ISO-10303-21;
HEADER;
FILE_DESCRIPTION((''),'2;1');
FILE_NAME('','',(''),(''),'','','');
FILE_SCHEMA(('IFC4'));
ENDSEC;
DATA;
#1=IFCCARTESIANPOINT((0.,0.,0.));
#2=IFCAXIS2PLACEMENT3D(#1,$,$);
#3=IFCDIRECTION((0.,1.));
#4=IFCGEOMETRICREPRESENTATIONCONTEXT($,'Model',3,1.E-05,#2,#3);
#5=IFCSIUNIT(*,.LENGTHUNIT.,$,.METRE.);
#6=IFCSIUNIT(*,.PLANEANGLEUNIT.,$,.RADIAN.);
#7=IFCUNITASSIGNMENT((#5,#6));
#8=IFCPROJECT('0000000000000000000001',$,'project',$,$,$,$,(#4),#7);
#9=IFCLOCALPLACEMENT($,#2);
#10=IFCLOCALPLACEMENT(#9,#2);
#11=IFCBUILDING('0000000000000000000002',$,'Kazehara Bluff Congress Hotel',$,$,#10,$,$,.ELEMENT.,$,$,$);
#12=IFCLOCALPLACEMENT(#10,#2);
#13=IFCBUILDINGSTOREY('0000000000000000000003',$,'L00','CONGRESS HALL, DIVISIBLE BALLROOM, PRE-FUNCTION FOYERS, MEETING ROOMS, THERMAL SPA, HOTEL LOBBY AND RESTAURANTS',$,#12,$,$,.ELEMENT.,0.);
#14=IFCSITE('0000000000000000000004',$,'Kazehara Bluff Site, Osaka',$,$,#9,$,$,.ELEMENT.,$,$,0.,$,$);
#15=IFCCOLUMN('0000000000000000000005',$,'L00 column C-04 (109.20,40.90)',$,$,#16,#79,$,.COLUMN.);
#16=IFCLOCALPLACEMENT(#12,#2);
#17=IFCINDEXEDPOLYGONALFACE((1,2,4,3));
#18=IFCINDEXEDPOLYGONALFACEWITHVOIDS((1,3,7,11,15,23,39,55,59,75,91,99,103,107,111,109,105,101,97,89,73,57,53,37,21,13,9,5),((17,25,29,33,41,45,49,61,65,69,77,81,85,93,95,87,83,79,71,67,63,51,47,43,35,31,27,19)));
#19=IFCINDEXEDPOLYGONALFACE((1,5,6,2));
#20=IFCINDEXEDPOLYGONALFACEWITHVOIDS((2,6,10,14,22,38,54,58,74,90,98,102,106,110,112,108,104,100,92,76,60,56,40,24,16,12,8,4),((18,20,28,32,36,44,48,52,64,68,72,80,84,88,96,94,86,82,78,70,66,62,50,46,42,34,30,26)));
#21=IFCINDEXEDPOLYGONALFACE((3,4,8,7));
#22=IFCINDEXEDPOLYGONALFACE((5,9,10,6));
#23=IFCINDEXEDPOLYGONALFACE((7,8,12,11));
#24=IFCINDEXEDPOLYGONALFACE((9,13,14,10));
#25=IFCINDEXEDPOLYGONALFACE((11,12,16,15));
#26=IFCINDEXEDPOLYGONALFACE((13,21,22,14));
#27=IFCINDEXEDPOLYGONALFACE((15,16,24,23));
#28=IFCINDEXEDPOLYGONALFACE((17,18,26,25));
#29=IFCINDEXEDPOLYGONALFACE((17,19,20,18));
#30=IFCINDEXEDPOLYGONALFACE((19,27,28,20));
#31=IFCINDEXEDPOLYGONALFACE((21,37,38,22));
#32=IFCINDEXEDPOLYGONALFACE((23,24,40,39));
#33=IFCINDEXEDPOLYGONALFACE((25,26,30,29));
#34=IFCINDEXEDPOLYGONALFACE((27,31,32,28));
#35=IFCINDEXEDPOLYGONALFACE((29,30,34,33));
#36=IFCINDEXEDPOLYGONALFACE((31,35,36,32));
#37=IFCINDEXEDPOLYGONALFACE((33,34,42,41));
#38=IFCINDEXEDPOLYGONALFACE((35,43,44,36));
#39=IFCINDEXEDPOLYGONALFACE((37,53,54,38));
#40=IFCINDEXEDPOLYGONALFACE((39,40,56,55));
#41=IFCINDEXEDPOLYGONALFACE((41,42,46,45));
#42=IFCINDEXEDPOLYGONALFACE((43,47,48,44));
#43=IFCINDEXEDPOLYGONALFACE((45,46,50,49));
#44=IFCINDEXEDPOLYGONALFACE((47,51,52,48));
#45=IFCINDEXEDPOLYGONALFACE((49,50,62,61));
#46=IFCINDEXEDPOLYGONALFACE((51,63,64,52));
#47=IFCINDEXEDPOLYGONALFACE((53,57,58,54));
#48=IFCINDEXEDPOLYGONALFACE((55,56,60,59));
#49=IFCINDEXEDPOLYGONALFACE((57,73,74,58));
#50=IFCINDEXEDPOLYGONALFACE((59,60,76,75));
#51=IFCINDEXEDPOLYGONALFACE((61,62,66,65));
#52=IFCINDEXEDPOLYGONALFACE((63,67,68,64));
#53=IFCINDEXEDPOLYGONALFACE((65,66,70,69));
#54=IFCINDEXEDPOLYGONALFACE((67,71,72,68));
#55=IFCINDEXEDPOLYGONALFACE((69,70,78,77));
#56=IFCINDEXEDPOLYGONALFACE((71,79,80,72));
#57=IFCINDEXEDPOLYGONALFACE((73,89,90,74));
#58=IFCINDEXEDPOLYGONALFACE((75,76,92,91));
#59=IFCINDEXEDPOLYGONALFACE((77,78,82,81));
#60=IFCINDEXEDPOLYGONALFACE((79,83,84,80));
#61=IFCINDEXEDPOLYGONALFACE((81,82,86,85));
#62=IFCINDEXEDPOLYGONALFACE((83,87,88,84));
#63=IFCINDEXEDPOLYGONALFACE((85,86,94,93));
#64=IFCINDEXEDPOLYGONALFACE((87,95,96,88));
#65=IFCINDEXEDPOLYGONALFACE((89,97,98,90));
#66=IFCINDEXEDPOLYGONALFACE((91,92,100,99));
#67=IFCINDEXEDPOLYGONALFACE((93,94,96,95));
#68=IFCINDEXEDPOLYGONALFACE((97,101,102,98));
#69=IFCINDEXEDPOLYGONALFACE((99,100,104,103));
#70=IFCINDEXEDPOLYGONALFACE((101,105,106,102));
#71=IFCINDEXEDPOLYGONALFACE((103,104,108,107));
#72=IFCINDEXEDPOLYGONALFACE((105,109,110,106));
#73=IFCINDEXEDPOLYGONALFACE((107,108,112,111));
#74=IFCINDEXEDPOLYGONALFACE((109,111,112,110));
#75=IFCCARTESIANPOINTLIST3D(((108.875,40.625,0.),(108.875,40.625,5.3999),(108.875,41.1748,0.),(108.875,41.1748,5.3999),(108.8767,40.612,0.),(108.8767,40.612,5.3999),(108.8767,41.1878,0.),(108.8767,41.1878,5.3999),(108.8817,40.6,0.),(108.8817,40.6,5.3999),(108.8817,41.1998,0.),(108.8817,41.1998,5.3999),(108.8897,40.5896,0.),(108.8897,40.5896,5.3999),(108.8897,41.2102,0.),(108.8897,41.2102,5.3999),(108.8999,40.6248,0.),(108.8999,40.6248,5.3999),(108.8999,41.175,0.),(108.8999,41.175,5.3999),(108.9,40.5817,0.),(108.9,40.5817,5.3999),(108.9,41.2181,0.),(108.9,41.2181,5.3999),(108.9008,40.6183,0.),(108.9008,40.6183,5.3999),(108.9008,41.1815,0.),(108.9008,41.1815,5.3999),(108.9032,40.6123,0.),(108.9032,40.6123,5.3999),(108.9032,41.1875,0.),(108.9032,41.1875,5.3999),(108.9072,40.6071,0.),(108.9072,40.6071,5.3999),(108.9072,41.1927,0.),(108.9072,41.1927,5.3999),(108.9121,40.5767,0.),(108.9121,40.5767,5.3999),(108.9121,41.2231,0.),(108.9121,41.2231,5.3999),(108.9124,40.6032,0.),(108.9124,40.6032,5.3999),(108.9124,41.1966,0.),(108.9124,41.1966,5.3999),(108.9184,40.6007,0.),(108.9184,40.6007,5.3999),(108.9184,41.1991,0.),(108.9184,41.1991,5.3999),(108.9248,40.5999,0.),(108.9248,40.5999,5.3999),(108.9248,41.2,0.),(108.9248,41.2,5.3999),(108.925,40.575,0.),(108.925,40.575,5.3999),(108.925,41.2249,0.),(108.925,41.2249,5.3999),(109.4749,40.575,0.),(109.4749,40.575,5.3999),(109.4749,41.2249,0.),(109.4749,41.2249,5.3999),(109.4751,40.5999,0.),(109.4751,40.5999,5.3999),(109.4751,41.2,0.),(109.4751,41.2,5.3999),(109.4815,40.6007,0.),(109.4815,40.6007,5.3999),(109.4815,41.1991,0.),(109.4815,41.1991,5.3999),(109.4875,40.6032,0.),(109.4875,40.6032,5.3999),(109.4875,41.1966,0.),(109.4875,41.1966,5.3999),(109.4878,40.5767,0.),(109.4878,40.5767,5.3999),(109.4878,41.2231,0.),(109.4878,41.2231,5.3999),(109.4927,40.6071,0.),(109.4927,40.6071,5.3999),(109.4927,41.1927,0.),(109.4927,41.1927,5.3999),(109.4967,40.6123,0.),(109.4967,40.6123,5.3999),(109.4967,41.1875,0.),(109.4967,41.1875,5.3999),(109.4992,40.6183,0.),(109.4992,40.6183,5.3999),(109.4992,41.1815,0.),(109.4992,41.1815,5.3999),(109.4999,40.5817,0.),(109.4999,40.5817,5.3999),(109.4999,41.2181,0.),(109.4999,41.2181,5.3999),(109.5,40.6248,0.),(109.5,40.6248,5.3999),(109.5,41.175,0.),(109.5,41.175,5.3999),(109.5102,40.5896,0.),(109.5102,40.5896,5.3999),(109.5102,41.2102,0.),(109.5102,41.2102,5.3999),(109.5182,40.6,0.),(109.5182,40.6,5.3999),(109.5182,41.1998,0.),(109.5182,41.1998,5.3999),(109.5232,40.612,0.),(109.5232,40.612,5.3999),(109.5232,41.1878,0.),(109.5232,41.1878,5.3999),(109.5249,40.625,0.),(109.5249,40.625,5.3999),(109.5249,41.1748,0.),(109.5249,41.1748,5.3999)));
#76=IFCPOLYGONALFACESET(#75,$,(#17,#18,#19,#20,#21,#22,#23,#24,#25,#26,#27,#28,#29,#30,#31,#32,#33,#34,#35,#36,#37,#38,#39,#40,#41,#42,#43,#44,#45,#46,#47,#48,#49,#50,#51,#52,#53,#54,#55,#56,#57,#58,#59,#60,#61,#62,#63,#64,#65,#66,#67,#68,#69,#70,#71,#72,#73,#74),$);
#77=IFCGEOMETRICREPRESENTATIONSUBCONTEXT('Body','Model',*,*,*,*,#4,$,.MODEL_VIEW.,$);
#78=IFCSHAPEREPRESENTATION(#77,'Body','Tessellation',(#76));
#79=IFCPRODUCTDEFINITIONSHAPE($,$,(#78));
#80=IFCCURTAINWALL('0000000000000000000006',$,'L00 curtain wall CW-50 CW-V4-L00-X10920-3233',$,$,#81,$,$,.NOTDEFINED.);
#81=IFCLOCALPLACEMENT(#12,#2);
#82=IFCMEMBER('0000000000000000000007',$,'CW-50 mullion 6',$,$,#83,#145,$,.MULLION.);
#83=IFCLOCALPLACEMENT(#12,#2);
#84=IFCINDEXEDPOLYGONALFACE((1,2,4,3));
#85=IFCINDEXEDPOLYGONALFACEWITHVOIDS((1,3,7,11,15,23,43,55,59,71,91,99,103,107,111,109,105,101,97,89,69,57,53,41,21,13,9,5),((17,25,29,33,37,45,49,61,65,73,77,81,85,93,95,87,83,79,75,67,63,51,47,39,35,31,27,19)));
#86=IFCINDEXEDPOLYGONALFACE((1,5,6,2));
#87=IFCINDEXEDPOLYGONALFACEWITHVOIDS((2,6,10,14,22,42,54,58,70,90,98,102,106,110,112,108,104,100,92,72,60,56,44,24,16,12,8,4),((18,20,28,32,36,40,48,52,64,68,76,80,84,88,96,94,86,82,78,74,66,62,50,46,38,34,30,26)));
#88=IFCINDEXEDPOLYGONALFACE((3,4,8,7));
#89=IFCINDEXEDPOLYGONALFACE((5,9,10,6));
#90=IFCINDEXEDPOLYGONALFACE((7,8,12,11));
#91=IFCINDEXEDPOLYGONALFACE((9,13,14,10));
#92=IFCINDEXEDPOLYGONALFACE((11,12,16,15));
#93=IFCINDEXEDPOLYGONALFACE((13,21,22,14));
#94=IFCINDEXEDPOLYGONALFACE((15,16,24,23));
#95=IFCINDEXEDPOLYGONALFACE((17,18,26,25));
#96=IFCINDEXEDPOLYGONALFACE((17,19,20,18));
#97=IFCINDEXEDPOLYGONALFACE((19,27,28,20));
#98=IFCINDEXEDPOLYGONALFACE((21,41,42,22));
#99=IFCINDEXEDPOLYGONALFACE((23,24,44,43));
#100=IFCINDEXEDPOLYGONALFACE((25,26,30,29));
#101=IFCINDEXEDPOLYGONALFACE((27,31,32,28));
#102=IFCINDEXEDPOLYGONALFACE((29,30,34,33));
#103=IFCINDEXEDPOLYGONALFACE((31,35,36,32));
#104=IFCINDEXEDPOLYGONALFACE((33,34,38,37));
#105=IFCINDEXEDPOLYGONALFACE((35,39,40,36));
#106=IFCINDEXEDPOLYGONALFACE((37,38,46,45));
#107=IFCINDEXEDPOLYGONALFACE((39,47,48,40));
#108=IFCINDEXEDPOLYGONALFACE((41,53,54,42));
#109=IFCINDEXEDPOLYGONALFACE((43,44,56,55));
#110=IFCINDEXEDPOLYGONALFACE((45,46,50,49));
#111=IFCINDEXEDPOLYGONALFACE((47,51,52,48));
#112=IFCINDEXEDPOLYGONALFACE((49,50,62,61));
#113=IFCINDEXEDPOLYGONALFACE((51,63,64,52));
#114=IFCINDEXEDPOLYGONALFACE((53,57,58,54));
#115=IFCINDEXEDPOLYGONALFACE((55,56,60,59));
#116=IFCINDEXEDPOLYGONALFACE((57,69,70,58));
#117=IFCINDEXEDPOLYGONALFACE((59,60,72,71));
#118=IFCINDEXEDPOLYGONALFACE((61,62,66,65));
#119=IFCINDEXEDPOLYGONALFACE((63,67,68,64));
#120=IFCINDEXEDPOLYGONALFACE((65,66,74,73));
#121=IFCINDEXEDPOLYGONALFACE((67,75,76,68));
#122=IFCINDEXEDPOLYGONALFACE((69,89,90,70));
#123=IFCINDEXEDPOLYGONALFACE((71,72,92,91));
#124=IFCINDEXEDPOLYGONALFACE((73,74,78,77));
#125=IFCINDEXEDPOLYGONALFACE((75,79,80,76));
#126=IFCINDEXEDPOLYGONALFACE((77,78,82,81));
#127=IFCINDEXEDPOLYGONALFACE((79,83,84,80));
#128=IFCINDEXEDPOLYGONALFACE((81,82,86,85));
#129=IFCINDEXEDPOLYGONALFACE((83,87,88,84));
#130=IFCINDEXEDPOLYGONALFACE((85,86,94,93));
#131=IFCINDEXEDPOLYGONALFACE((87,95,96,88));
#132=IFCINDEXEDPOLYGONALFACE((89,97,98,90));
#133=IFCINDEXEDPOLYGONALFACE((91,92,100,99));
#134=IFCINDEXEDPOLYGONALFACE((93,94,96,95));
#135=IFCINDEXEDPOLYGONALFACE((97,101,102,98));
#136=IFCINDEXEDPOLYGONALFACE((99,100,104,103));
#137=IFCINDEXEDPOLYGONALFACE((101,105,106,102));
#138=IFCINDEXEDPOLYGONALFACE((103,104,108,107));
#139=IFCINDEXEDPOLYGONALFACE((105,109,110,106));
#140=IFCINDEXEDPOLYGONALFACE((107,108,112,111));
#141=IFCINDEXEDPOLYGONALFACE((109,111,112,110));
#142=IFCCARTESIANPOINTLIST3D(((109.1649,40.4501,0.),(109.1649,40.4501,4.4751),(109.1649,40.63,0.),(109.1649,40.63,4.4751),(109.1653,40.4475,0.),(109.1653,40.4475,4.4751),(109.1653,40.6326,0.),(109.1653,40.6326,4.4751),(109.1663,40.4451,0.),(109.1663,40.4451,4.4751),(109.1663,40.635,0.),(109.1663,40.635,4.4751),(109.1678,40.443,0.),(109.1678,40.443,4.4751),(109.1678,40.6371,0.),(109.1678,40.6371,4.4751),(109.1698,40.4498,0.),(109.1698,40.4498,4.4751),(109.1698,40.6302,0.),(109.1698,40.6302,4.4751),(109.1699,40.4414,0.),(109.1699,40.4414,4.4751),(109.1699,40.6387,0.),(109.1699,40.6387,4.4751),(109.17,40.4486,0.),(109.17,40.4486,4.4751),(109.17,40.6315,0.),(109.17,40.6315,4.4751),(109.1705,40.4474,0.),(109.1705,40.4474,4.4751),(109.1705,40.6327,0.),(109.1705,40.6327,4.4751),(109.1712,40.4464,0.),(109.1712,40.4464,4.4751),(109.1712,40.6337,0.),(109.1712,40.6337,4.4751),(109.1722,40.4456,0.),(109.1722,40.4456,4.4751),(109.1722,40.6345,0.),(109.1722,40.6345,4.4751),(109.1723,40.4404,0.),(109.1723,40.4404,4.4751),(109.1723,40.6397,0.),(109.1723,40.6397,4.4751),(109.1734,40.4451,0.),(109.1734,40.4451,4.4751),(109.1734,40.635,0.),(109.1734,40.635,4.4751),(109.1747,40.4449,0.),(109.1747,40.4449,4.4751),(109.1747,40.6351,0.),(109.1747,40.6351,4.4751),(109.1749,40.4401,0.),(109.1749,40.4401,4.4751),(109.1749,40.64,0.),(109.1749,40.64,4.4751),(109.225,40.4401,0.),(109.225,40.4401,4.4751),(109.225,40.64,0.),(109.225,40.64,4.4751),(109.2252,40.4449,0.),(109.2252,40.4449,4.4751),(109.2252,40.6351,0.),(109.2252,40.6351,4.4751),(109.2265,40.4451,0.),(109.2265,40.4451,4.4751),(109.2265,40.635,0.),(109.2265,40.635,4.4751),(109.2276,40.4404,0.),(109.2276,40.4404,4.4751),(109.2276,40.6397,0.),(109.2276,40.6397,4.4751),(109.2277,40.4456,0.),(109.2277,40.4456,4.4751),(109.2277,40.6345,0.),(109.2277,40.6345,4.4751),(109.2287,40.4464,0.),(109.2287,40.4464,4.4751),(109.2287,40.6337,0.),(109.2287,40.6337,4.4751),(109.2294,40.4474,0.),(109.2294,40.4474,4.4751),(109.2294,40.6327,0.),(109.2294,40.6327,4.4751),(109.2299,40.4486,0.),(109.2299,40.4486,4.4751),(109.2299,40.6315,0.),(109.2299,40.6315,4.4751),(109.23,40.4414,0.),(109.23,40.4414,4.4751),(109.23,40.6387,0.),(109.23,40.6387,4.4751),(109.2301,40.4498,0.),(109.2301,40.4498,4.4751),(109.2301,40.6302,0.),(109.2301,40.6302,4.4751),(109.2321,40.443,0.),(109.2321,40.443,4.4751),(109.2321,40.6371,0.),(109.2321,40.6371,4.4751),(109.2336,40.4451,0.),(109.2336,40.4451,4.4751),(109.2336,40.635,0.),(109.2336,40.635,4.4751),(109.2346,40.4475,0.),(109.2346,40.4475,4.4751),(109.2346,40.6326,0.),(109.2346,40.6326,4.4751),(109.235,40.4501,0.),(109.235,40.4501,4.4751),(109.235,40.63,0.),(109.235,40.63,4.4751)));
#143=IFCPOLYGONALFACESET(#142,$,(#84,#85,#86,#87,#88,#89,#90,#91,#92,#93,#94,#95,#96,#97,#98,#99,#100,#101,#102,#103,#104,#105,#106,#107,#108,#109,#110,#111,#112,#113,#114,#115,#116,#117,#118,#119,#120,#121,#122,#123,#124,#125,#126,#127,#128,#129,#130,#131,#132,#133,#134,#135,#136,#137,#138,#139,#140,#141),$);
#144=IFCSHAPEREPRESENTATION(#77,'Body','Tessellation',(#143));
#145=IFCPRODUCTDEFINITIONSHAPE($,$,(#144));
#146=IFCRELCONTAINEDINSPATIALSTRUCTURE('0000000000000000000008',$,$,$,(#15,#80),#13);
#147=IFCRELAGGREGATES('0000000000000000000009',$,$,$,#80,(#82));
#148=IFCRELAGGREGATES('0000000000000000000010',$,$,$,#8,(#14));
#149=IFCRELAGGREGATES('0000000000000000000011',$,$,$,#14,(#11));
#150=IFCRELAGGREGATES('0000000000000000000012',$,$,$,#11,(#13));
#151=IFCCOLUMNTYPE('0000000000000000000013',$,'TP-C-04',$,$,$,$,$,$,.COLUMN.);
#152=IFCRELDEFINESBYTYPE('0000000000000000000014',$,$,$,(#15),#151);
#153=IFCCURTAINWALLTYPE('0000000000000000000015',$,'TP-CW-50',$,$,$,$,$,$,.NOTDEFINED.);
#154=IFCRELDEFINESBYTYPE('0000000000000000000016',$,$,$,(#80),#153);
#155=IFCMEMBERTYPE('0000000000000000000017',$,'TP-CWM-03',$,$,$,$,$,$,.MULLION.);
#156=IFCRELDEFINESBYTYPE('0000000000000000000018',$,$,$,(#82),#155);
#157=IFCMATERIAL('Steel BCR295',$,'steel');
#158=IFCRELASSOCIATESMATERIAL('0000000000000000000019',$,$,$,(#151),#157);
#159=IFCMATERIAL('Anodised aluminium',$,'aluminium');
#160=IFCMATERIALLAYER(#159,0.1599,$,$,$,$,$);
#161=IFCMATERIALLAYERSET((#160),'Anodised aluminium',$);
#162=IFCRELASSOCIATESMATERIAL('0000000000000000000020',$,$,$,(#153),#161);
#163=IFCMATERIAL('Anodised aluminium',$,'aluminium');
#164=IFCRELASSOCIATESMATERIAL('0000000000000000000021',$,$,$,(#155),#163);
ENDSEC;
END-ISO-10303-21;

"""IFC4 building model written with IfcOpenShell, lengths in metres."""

from ifc_helpers import new_model, si_unit, direction, frame, origin, origin_2d, place, context, subcontext, project, spatial, hollow_rectangle, extrude, material, layer, layer_set, material_profile, profile_set, type_object, element, aggregate, save


model = new_model("IFC4")

# Units and contexts
model_context = context("Model", 3, precision=1e-05, world=origin(), true_north=direction((0.0, 1.0)))
body_context = subcontext(model_context, "Body", "Model", "MODEL_VIEW")
ifc_project = project(units=[si_unit("LENGTHUNIT", "METRE"), si_unit("PLANEANGLEUNIT", "RADIAN")], contexts=[model_context])

# Site, building, storey
site_placement = place(None, origin())
site = spatial("IfcSite", under=ifc_project, at=site_placement, Name="Kazehara Bluff Site, Osaka", CompositionType="ELEMENT", RefElevation=0.0)
building_placement = place(site_placement, origin())
building = spatial("IfcBuilding", under=site, at=building_placement, Name="Kazehara Bluff Congress Hotel", CompositionType="ELEMENT")
storey_placement = place(building_placement, origin())
storey = spatial("IfcBuildingStorey", under=building, at=storey_placement, Name="L00", Description="CONGRESS HALL, DIVISIBLE BALLROOM, PRE-FUNCTION FOYERS, MEETING ROOMS, THERMAL SPA, HOTEL LOBBY AND RESTAURANTS", CompositionType="ELEMENT", Elevation=0.0)

# Column
ifc_material_1 = material(Name="Steel BCR295", Category="steel")
ifc_material_profile_1 = material_profile(ifc_material_1, hollow_rectangle(XDim=0.6499, YDim=0.6499, WallThickness=0.0249, InnerFilletRadius=0.0249, OuterFilletRadius=0.05, at=origin_2d()))
ifc_profile_set_1 = profile_set([ifc_material_profile_1], Name="Steel BCR295")
column_type = type_object("IfcColumnType", Name="TP-C-04", PredefinedType="COLUMN", material=ifc_profile_set_1)
column_placement = place(storey_placement, frame((109.2, 40.8999, 0.0), z_axis=(0.0, 0.0, 1.0), x_axis=(1.0, 0.0, 0.0)))
element("IfcColumn", 1, at=column_placement, inside=storey, type_object=column_type, Name="L00 column C-04 (109.20,40.90)", PredefinedType="COLUMN", context=body_context, shape_type="SweptSolid", body=[
    extrude(hollow_rectangle(XDim=0.6499, YDim=0.6499, WallThickness=0.0249, InnerFilletRadius=0.0249, OuterFilletRadius=0.05, at=origin_2d()), origin(), (0.0, 0.0, 1.0), 5.3999),
])

# Curtain wall, member
ifc_material_2 = material(Name="Anodised aluminium", Category="aluminium")
ifc_layer_1 = layer(ifc_material_2, 0.1599)
ifc_layer_set_1 = layer_set([ifc_layer_1], Name="Anodised aluminium")
curtain_wall_type_1 = type_object("IfcCurtainWallType", Name="TP-CW-50", PredefinedType="NOTDEFINED", material=ifc_layer_set_1)
curtain_wall_1_placement = place(storey_placement, origin())
curtain_wall_1 = element("IfcCurtainWall", 2, at=curtain_wall_1_placement, inside=storey, type_object=curtain_wall_type_1, Name="L00 curtain wall CW-50 CW-V4-L00-X10920-3233", PredefinedType="NOTDEFINED")
ifc_material_3 = material(Name="Anodised aluminium", Category="aluminium")
ifc_material_profile_2 = material_profile(ifc_material_3, hollow_rectangle(XDim=0.0701, YDim=0.2, WallThickness=0.0049, InnerFilletRadius=0.0049, OuterFilletRadius=0.01, at=origin_2d()))
ifc_profile_set_2 = profile_set([ifc_material_profile_2], Name="Anodised aluminium")
member_type_1 = type_object("IfcMemberType", Name="TP-CWM-03", PredefinedType="MULLION", material=ifc_profile_set_2)
member_1_placement = place(storey_placement, frame((109.2, 40.54, 0.0), z_axis=(0.0, 0.0, 1.0), x_axis=(-1.0, 0.0, 0.0)))
member_1 = element("IfcMember", 3, at=member_1_placement, type_object=member_type_1, Name="CW-50 mullion 6", PredefinedType="MULLION", context=body_context, shape_type="SweptSolid", body=[
    extrude(hollow_rectangle(XDim=0.0701, YDim=0.2, WallThickness=0.0049, InnerFilletRadius=0.0049, OuterFilletRadius=0.01, at=origin_2d()), origin(), (0.0, 0.0, 1.0), 4.4751),
])

aggregate(curtain_wall_1, [member_1])

save(model, "model.ifc")
